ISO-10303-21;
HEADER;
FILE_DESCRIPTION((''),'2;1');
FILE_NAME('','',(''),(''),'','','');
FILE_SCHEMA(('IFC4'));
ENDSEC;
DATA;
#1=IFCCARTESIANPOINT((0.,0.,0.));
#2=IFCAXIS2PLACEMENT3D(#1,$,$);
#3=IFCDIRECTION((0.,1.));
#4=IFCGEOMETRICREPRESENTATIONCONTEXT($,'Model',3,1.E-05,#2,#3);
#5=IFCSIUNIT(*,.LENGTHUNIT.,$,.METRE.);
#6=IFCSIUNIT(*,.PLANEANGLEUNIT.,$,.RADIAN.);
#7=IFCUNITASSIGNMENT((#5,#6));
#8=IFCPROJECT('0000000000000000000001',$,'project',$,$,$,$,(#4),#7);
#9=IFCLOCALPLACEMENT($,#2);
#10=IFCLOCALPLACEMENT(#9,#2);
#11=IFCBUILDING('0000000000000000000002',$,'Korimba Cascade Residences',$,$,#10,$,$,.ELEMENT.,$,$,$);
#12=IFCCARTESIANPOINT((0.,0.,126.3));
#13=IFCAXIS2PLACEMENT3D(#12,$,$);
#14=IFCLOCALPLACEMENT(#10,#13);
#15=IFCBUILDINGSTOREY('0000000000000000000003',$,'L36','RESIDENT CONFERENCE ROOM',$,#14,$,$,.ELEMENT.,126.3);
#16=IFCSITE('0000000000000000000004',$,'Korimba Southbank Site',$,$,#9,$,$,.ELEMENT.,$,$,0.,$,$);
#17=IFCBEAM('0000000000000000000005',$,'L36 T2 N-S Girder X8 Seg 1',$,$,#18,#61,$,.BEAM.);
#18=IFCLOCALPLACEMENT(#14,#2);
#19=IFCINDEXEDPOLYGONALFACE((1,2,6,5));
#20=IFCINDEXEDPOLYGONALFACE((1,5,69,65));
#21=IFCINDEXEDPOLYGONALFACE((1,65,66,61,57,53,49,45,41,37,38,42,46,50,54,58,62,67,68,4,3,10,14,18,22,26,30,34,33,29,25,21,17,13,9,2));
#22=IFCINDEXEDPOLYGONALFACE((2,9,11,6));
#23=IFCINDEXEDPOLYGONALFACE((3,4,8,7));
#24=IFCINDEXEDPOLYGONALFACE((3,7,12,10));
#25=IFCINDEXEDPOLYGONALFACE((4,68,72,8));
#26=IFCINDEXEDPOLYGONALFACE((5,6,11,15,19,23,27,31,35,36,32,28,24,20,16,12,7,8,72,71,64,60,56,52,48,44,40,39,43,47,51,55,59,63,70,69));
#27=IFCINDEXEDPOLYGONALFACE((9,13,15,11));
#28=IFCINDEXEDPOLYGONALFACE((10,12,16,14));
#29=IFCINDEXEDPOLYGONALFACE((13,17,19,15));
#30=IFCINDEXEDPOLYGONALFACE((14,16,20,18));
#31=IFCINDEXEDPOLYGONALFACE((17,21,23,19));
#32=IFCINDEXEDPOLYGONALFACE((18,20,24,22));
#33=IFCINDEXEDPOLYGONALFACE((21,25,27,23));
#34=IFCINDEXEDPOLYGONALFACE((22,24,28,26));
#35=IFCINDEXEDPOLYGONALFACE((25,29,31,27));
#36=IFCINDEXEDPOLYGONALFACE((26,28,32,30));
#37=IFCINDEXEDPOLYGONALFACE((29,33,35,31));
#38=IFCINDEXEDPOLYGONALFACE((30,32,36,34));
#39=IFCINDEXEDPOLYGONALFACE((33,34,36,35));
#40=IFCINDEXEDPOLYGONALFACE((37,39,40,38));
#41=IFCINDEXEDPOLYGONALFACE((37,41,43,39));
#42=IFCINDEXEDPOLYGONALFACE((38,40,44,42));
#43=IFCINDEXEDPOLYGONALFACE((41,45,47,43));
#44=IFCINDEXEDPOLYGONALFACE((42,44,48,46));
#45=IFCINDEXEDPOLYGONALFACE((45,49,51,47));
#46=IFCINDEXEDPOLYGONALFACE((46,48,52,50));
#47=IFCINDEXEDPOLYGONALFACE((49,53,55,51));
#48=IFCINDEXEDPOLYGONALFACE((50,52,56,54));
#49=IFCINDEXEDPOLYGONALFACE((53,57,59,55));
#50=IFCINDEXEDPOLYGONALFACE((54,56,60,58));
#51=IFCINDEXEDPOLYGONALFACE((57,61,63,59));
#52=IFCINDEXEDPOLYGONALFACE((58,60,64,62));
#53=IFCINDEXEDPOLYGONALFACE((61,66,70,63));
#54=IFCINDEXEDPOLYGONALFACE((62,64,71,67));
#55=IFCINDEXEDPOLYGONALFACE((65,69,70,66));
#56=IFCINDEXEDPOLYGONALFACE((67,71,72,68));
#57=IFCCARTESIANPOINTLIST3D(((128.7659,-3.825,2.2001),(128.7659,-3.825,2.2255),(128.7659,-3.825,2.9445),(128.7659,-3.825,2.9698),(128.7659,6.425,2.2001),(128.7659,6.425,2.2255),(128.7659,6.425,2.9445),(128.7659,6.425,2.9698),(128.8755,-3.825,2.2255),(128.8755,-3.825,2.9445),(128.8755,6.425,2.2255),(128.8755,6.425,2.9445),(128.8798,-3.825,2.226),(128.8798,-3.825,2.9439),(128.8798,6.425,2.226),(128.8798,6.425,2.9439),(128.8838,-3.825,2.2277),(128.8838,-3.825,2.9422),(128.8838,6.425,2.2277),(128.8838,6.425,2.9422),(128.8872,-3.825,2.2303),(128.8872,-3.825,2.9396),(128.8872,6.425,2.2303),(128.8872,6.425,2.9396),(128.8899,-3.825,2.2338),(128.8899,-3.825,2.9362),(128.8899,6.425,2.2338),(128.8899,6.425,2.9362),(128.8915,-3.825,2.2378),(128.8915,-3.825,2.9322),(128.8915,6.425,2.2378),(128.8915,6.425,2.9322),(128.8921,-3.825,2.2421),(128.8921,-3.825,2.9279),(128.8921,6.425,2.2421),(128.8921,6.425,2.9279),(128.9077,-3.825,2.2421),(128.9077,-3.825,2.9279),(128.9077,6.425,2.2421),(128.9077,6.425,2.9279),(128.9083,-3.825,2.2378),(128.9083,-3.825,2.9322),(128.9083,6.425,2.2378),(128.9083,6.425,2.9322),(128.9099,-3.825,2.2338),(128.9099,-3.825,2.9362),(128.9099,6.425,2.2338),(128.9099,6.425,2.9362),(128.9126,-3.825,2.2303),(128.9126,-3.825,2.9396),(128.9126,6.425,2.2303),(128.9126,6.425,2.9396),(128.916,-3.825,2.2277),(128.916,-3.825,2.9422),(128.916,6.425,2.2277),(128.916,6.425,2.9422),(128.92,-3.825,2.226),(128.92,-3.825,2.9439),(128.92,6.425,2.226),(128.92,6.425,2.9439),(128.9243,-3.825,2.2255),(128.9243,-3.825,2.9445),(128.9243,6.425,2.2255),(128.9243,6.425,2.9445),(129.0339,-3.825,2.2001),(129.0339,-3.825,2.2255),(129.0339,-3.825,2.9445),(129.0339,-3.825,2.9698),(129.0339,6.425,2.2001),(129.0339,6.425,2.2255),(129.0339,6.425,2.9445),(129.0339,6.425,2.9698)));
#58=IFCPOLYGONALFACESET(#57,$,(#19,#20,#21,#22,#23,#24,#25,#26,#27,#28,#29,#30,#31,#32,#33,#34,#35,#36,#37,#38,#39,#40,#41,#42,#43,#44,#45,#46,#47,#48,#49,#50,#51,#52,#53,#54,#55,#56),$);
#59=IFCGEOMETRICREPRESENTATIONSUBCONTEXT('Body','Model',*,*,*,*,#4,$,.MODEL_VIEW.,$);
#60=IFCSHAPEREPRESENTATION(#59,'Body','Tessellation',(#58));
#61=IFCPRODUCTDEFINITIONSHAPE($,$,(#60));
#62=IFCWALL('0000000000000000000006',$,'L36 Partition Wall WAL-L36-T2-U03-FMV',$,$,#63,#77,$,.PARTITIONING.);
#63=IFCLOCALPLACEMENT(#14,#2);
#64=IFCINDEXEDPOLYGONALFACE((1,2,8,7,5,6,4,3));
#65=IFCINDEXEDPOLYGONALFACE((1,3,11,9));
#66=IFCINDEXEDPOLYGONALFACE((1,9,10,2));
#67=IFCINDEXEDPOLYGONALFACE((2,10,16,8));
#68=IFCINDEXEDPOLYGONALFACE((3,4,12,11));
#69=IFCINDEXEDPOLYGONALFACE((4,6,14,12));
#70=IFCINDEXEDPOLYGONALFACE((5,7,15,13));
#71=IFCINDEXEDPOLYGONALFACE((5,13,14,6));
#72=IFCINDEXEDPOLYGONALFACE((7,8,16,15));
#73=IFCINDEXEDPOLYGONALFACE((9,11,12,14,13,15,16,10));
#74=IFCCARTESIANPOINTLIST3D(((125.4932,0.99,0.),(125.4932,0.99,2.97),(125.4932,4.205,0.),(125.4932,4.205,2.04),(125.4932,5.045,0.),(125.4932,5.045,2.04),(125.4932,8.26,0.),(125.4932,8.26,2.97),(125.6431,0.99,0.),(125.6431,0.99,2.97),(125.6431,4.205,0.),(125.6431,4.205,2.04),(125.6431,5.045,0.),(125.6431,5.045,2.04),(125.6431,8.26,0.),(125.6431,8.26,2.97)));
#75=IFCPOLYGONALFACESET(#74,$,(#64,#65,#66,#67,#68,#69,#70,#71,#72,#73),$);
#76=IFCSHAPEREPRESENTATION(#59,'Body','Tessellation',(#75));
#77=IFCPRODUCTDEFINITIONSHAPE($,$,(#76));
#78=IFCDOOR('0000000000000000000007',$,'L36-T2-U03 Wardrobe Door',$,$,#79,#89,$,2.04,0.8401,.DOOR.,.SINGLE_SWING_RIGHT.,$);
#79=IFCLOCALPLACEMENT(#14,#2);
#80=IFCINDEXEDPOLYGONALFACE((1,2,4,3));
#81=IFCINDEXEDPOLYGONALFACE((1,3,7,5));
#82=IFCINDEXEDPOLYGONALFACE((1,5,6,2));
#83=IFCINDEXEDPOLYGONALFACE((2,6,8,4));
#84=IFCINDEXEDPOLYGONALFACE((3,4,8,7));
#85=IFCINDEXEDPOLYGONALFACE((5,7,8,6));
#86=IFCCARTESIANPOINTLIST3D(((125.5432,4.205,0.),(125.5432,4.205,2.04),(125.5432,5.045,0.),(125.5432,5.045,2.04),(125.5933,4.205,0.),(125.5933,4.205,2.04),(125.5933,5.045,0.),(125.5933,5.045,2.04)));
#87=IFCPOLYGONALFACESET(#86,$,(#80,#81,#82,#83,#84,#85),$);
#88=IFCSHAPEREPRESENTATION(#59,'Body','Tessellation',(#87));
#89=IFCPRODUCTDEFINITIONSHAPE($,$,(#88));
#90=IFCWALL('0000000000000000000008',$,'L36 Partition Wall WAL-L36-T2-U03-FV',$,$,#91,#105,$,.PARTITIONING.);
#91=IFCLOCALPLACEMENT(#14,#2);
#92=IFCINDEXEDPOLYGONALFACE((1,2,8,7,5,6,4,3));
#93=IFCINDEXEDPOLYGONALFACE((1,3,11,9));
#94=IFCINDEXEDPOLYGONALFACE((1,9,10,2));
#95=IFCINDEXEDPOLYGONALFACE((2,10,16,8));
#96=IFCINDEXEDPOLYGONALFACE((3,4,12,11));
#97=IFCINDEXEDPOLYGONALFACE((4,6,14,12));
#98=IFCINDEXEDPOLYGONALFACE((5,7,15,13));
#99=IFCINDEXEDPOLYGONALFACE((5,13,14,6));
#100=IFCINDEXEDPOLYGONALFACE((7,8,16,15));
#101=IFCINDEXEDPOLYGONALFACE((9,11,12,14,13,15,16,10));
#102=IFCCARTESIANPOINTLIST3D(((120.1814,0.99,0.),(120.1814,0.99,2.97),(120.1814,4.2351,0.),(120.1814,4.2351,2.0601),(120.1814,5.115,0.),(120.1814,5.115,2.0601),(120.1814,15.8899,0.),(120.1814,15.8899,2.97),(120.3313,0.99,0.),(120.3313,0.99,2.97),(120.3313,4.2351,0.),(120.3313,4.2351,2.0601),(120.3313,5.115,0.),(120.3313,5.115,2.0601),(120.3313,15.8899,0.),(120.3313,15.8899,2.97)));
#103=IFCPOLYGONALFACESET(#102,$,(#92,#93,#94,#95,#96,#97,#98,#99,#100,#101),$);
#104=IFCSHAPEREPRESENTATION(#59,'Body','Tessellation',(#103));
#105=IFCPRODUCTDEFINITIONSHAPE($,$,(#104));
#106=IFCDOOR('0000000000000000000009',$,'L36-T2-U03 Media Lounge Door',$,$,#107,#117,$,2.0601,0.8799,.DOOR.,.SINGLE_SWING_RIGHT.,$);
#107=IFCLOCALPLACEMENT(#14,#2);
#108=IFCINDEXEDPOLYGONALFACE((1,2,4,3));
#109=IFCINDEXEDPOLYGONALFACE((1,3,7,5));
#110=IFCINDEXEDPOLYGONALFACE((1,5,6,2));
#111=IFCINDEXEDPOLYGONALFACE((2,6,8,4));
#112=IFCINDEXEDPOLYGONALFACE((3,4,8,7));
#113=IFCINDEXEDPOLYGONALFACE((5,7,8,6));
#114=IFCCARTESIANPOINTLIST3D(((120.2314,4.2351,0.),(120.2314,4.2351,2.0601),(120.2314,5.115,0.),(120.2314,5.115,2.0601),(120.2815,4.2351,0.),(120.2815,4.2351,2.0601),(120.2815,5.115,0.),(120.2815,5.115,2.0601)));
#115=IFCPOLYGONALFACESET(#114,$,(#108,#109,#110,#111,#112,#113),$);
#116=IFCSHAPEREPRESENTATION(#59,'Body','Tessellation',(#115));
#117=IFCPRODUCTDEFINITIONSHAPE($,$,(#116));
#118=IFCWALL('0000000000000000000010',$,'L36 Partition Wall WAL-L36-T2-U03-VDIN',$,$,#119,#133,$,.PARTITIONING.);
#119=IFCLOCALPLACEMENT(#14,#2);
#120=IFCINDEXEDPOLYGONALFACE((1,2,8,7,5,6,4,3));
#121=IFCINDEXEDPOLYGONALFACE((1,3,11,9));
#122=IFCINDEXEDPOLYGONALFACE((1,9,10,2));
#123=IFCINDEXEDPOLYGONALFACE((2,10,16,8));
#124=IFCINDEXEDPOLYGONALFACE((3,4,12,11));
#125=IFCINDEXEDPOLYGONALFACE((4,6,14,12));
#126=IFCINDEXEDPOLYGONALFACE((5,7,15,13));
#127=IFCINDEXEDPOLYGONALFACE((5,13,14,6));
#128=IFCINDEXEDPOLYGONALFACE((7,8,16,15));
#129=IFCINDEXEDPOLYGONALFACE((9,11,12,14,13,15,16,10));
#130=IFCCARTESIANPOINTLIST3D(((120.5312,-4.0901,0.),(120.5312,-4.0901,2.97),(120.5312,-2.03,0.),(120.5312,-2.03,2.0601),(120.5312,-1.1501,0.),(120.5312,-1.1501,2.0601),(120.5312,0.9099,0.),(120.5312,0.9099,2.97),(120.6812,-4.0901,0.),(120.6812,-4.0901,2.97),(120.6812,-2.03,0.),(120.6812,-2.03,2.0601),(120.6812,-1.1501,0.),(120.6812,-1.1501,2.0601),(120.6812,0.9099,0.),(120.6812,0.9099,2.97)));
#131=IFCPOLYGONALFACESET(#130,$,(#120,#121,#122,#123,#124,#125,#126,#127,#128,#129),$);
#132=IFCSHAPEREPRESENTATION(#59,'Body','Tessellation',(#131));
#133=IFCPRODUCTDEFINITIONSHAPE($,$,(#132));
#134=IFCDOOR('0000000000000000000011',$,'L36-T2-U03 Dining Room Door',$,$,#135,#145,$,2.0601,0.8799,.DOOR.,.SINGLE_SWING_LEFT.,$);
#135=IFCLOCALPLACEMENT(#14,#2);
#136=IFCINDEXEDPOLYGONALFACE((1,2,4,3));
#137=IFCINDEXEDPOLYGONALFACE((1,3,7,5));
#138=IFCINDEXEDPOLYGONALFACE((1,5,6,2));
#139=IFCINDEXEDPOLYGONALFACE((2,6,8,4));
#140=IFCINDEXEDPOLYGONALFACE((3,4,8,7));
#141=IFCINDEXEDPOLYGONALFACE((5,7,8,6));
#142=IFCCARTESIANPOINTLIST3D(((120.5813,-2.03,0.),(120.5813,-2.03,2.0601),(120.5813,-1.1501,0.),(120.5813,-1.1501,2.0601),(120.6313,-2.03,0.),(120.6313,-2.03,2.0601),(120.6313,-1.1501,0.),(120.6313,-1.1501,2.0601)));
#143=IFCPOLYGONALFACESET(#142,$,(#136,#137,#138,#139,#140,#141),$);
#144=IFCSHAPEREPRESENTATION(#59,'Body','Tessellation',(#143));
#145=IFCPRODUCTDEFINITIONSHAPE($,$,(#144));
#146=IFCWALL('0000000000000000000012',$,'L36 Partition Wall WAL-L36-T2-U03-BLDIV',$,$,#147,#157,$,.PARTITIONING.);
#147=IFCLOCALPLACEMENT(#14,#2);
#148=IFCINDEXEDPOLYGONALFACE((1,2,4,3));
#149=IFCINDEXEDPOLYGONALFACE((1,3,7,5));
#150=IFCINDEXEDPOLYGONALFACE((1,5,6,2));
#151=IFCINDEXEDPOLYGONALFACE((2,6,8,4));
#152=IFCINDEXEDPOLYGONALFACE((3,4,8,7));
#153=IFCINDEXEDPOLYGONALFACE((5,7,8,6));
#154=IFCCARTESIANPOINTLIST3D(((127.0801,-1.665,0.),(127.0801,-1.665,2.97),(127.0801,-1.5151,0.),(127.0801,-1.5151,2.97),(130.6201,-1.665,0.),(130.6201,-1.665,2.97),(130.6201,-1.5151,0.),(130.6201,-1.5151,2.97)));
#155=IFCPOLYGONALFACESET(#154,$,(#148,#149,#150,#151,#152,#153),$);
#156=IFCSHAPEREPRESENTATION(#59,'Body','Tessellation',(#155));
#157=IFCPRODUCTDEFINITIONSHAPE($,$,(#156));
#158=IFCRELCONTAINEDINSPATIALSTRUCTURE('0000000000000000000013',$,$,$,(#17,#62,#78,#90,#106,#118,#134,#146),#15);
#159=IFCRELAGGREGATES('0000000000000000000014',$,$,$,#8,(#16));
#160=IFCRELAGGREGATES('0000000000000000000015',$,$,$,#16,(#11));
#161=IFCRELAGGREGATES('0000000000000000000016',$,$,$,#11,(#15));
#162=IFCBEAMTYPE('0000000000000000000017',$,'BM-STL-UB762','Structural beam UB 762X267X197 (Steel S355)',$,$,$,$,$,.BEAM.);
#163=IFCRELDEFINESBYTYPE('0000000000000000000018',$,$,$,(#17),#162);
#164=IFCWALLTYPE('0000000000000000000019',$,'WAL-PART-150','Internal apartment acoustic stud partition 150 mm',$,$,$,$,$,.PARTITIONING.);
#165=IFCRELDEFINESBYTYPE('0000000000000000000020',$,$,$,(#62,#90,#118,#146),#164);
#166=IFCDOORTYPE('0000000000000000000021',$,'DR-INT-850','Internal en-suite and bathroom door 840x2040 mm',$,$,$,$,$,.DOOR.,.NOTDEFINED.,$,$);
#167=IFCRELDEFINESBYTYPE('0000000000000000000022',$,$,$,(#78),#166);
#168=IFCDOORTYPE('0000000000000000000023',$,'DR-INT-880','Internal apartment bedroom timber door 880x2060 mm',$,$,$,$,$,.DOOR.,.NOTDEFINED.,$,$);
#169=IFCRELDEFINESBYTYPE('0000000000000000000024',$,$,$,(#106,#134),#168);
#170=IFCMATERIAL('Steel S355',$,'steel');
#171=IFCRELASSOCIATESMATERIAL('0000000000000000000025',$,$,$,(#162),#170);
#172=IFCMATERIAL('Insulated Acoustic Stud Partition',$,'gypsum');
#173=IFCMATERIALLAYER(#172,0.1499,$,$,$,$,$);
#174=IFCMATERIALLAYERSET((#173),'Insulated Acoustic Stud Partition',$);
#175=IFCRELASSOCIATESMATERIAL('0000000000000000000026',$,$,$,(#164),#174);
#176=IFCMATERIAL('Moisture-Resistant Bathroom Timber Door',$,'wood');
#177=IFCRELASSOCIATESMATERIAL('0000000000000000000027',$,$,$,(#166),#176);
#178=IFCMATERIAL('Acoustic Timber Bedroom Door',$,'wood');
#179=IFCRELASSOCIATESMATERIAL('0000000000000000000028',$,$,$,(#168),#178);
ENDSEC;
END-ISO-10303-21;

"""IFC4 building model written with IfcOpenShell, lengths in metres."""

from ifc_helpers import new_model, si_unit, direction, frame, frame_2d, origin, origin_2d, place, context, subcontext, project, spatial, rectangle, i_section, extrude, material, layer, layer_set, material_profile, profile_set, type_object, element, fill, save


model = new_model("IFC4")

# Units and contexts
model_context = context("Model", 3, precision=1e-05, world=origin(), true_north=direction((0.0, 1.0)))
body_context = subcontext(model_context, "Body", "Model", "MODEL_VIEW")
ifc_project = project(units=[si_unit("LENGTHUNIT", "METRE"), si_unit("PLANEANGLEUNIT", "RADIAN")], contexts=[model_context])

# Site, building, storey
site_placement = place(None, origin())
site = spatial("IfcSite", under=ifc_project, at=site_placement, Name="Korimba Southbank Site", CompositionType="ELEMENT", RefElevation=0.0)
building_placement = place(site_placement, origin())
building = spatial("IfcBuilding", under=site, at=building_placement, Name="Korimba Cascade Residences", CompositionType="ELEMENT")
storey_placement = place(building_placement, frame((0.0, 0.0, 126.3)))
storey = spatial("IfcBuildingStorey", under=building, at=storey_placement, Name="L36", Description="RESIDENT CONFERENCE ROOM", CompositionType="ELEMENT", Elevation=126.3)

# Beam
ifc_material_1 = material(Name="Steel S355", Category="steel")
ifc_material_profile_1 = material_profile(ifc_material_1, i_section(OverallWidth=0.2681, OverallDepth=0.7698, WebThickness=0.0156, FlangeThickness=0.0254, FilletRadius=0.0166, at=origin_2d()), Name="Steel S355")
ifc_profile_set_1 = profile_set([ifc_material_profile_1], Name="Steel S355")
beam_type_1 = type_object("IfcBeamType", Name="BM-STL-UB762", Description="Structural beam UB 762X267X197 (Steel S355)", PredefinedType="BEAM", material=ifc_profile_set_1)
for number, where, z_axis, x_axis, name in (
    (1, (128.8999, -3.825, 2.585), (0.0, 1.0, 0.0), (-1.0, 0.0, 0.0), "L36 T2 N-S Girder X8 Seg 1"),
):
    element("IfcBeam", number, at=place(storey_placement, frame(where, z_axis=z_axis, x_axis=x_axis)), inside=storey, type_object=beam_type_1, Name=name, PredefinedType="BEAM", context=body_context, shape_type="SweptSolid", body=[
        extrude(i_section(OverallWidth=0.2681, OverallDepth=0.7698, WebThickness=0.0156, FlangeThickness=0.0254, FilletRadius=0.0166, at=origin_2d()), origin(), (0.0, 0.0, 1.0), 10.25),
    ])

# Walls, openings, doors
ifc_material_2 = material(Name="Insulated Acoustic Stud Partition", Category="gypsum")
ifc_layer = layer(ifc_material_2, 0.1499)
ifc_layer_set = layer_set([ifc_layer], Name="Insulated Acoustic Stud Partition")
wall_type = type_object("IfcWallType", Name="WAL-PART-150", Description="Internal apartment acoustic stud partition 150 mm", PredefinedType="PARTITIONING", material=ifc_layer_set)
wall_1_placement = place(storey_placement, frame((125.5681, 0.99, 0.0), z_axis=(0.0, 0.0, 1.0), x_axis=(0.0, 1.0, 0.0)))
wall_1 = element("IfcWall", 2, at=wall_1_placement, inside=storey, type_object=wall_type, Name="L36 Partition Wall WAL-L36-T2-U03-FMV", PredefinedType="PARTITIONING", context=body_context, shape_type="SweptSolid", body=[
    extrude(rectangle(XDim=7.27, YDim=0.1499, at=frame_2d((3.635, 0.0))), origin(), (0.0, 0.0, 1.0), 2.97),
])
opening_1_placement = place(wall_1_placement, frame((3.2151, 0.0, 0.0)))
opening_1 = element("IfcOpeningElement", 3, at=opening_1_placement, cuts=wall_1, PredefinedType="OPENING", context=body_context, shape_type="SweptSolid", body=[
    extrude(rectangle(XDim=0.8401, YDim=2.04, at=frame_2d((0.4199, 1.02))), frame((0.0, 0.085, 0.0), z_axis=(0.0, -1.0, 0.0), x_axis=(1.0, 0.0, 0.0)), (0.0, 0.0, 1.0), 0.1699),
])
ifc_material_3 = material(Name="Moisture-Resistant Bathroom Timber Door", Category="wood")
door_type_1 = type_object("IfcDoorType", Name="DR-INT-850", Description="Internal en-suite and bathroom door 840x2040 mm", OperationType="NOTDEFINED", PredefinedType="DOOR", material=ifc_material_3)
door_1_placement = place(opening_1_placement, origin())
door_1 = element("IfcDoor", 4, at=door_1_placement, inside=storey, type_object=door_type_1, Name="L36-T2-U03 Wardrobe Door", OperationType="SINGLE_SWING_RIGHT", OverallHeight=2.04, OverallWidth=0.8401, PredefinedType="DOOR", context=body_context, shape_type="SweptSolid", body=[
    extrude(rectangle(XDim=0.8401, YDim=2.04, at=frame_2d((0.4199, 1.02))), frame((0.0, 0.0249, 0.0), z_axis=(0.0, -1.0, 0.0), x_axis=(1.0, 0.0, 0.0)), (0.0, 0.0, 1.0), 0.05),
])
fill(opening_1, door_1)
wall_2_placement = place(storey_placement, frame((120.2563, 0.99, 0.0), z_axis=(0.0, 0.0, 1.0), x_axis=(0.0, 1.0, 0.0)))
wall_2 = element("IfcWall", 5, at=wall_2_placement, inside=storey, type_object=wall_type, Name="L36 Partition Wall WAL-L36-T2-U03-FV", PredefinedType="PARTITIONING", context=body_context, shape_type="SweptSolid", body=[
    extrude(rectangle(XDim=14.8999, YDim=0.1499, at=frame_2d((7.45, 0.0))), origin(), (0.0, 0.0, 1.0), 2.97),
])
opening_2_placement = place(wall_2_placement, frame((3.2451, 0.0, 0.0)))
opening_2 = element("IfcOpeningElement", 6, at=opening_2_placement, cuts=wall_2, PredefinedType="OPENING", context=body_context, shape_type="SweptSolid", body=[
    extrude(rectangle(XDim=0.8799, YDim=2.0601, at=frame_2d((0.4399, 1.03))), frame((0.0, 0.085, 0.0), z_axis=(0.0, -1.0, 0.0), x_axis=(1.0, 0.0, 0.0)), (0.0, 0.0, 1.0), 0.1699),
])
ifc_material_4 = material(Name="Acoustic Timber Bedroom Door", Category="wood")
door_type_2 = type_object("IfcDoorType", Name="DR-INT-880", Description="Internal apartment bedroom timber door 880x2060 mm", OperationType="NOTDEFINED", PredefinedType="DOOR", material=ifc_material_4)
door_2_placement = place(opening_2_placement, origin())
door_2 = element("IfcDoor", 7, at=door_2_placement, inside=storey, type_object=door_type_2, Name="L36-T2-U03 Media Lounge Door", OperationType="SINGLE_SWING_RIGHT", OverallHeight=2.0601, OverallWidth=0.8799, PredefinedType="DOOR", context=body_context, shape_type="SweptSolid", body=[
    extrude(rectangle(XDim=0.8799, YDim=2.0601, at=frame_2d((0.4399, 1.03))), frame((0.0, 0.0249, 0.0), z_axis=(0.0, -1.0, 0.0), x_axis=(1.0, 0.0, 0.0)), (0.0, 0.0, 1.0), 0.05),
])
fill(opening_2, door_2)
wall_3_placement = place(storey_placement, frame((120.6062, -4.0901, 0.0), z_axis=(0.0, 0.0, 1.0), x_axis=(0.0, 1.0, 0.0)))
wall_3 = element("IfcWall", 8, at=wall_3_placement, inside=storey, type_object=wall_type, Name="L36 Partition Wall WAL-L36-T2-U03-VDIN", PredefinedType="PARTITIONING", context=body_context, shape_type="SweptSolid", body=[
    extrude(rectangle(XDim=5.0, YDim=0.1499, at=frame_2d((2.5, 0.0))), origin(), (0.0, 0.0, 1.0), 2.97),
])
opening_3_placement = place(wall_3_placement, frame((2.0601, 0.0, 0.0)))
opening_3 = element("IfcOpeningElement", 9, at=opening_3_placement, cuts=wall_3, PredefinedType="OPENING", context=body_context, shape_type="SweptSolid", body=[
    extrude(rectangle(XDim=0.8799, YDim=2.0601, at=frame_2d((0.4399, 1.03))), frame((0.0, 0.085, 0.0), z_axis=(0.0, -1.0, 0.0), x_axis=(1.0, 0.0, 0.0)), (0.0, 0.0, 1.0), 0.1699),
])
door_3_placement = place(opening_3_placement, origin())
door_3 = element("IfcDoor", 10, at=door_3_placement, inside=storey, type_object=door_type_2, Name="L36-T2-U03 Dining Room Door", OperationType="SINGLE_SWING_LEFT", OverallHeight=2.0601, OverallWidth=0.8799, PredefinedType="DOOR", context=body_context, shape_type="SweptSolid", body=[
    extrude(rectangle(XDim=0.8799, YDim=2.0601, at=frame_2d((0.4399, 1.03))), frame((0.0, 0.0249, 0.0), z_axis=(0.0, -1.0, 0.0), x_axis=(1.0, 0.0, 0.0)), (0.0, 0.0, 1.0), 0.05),
])
fill(opening_3, door_3)

# Wall
wall_4_placement = place(storey_placement, frame((127.0801, -1.5901, 0.0), z_axis=(0.0, 0.0, 1.0), x_axis=(1.0, 0.0, 0.0)))
element("IfcWall", 11, at=wall_4_placement, inside=storey, type_object=wall_type, Name="L36 Partition Wall WAL-L36-T2-U03-BLDIV", PredefinedType="PARTITIONING", context=body_context, shape_type="SweptSolid", body=[
    extrude(rectangle(XDim=3.54, YDim=0.1499, at=frame_2d((1.77, 0.0))), origin(), (0.0, 0.0, 1.0), 2.97),
])

save(model, "model.ifc")
